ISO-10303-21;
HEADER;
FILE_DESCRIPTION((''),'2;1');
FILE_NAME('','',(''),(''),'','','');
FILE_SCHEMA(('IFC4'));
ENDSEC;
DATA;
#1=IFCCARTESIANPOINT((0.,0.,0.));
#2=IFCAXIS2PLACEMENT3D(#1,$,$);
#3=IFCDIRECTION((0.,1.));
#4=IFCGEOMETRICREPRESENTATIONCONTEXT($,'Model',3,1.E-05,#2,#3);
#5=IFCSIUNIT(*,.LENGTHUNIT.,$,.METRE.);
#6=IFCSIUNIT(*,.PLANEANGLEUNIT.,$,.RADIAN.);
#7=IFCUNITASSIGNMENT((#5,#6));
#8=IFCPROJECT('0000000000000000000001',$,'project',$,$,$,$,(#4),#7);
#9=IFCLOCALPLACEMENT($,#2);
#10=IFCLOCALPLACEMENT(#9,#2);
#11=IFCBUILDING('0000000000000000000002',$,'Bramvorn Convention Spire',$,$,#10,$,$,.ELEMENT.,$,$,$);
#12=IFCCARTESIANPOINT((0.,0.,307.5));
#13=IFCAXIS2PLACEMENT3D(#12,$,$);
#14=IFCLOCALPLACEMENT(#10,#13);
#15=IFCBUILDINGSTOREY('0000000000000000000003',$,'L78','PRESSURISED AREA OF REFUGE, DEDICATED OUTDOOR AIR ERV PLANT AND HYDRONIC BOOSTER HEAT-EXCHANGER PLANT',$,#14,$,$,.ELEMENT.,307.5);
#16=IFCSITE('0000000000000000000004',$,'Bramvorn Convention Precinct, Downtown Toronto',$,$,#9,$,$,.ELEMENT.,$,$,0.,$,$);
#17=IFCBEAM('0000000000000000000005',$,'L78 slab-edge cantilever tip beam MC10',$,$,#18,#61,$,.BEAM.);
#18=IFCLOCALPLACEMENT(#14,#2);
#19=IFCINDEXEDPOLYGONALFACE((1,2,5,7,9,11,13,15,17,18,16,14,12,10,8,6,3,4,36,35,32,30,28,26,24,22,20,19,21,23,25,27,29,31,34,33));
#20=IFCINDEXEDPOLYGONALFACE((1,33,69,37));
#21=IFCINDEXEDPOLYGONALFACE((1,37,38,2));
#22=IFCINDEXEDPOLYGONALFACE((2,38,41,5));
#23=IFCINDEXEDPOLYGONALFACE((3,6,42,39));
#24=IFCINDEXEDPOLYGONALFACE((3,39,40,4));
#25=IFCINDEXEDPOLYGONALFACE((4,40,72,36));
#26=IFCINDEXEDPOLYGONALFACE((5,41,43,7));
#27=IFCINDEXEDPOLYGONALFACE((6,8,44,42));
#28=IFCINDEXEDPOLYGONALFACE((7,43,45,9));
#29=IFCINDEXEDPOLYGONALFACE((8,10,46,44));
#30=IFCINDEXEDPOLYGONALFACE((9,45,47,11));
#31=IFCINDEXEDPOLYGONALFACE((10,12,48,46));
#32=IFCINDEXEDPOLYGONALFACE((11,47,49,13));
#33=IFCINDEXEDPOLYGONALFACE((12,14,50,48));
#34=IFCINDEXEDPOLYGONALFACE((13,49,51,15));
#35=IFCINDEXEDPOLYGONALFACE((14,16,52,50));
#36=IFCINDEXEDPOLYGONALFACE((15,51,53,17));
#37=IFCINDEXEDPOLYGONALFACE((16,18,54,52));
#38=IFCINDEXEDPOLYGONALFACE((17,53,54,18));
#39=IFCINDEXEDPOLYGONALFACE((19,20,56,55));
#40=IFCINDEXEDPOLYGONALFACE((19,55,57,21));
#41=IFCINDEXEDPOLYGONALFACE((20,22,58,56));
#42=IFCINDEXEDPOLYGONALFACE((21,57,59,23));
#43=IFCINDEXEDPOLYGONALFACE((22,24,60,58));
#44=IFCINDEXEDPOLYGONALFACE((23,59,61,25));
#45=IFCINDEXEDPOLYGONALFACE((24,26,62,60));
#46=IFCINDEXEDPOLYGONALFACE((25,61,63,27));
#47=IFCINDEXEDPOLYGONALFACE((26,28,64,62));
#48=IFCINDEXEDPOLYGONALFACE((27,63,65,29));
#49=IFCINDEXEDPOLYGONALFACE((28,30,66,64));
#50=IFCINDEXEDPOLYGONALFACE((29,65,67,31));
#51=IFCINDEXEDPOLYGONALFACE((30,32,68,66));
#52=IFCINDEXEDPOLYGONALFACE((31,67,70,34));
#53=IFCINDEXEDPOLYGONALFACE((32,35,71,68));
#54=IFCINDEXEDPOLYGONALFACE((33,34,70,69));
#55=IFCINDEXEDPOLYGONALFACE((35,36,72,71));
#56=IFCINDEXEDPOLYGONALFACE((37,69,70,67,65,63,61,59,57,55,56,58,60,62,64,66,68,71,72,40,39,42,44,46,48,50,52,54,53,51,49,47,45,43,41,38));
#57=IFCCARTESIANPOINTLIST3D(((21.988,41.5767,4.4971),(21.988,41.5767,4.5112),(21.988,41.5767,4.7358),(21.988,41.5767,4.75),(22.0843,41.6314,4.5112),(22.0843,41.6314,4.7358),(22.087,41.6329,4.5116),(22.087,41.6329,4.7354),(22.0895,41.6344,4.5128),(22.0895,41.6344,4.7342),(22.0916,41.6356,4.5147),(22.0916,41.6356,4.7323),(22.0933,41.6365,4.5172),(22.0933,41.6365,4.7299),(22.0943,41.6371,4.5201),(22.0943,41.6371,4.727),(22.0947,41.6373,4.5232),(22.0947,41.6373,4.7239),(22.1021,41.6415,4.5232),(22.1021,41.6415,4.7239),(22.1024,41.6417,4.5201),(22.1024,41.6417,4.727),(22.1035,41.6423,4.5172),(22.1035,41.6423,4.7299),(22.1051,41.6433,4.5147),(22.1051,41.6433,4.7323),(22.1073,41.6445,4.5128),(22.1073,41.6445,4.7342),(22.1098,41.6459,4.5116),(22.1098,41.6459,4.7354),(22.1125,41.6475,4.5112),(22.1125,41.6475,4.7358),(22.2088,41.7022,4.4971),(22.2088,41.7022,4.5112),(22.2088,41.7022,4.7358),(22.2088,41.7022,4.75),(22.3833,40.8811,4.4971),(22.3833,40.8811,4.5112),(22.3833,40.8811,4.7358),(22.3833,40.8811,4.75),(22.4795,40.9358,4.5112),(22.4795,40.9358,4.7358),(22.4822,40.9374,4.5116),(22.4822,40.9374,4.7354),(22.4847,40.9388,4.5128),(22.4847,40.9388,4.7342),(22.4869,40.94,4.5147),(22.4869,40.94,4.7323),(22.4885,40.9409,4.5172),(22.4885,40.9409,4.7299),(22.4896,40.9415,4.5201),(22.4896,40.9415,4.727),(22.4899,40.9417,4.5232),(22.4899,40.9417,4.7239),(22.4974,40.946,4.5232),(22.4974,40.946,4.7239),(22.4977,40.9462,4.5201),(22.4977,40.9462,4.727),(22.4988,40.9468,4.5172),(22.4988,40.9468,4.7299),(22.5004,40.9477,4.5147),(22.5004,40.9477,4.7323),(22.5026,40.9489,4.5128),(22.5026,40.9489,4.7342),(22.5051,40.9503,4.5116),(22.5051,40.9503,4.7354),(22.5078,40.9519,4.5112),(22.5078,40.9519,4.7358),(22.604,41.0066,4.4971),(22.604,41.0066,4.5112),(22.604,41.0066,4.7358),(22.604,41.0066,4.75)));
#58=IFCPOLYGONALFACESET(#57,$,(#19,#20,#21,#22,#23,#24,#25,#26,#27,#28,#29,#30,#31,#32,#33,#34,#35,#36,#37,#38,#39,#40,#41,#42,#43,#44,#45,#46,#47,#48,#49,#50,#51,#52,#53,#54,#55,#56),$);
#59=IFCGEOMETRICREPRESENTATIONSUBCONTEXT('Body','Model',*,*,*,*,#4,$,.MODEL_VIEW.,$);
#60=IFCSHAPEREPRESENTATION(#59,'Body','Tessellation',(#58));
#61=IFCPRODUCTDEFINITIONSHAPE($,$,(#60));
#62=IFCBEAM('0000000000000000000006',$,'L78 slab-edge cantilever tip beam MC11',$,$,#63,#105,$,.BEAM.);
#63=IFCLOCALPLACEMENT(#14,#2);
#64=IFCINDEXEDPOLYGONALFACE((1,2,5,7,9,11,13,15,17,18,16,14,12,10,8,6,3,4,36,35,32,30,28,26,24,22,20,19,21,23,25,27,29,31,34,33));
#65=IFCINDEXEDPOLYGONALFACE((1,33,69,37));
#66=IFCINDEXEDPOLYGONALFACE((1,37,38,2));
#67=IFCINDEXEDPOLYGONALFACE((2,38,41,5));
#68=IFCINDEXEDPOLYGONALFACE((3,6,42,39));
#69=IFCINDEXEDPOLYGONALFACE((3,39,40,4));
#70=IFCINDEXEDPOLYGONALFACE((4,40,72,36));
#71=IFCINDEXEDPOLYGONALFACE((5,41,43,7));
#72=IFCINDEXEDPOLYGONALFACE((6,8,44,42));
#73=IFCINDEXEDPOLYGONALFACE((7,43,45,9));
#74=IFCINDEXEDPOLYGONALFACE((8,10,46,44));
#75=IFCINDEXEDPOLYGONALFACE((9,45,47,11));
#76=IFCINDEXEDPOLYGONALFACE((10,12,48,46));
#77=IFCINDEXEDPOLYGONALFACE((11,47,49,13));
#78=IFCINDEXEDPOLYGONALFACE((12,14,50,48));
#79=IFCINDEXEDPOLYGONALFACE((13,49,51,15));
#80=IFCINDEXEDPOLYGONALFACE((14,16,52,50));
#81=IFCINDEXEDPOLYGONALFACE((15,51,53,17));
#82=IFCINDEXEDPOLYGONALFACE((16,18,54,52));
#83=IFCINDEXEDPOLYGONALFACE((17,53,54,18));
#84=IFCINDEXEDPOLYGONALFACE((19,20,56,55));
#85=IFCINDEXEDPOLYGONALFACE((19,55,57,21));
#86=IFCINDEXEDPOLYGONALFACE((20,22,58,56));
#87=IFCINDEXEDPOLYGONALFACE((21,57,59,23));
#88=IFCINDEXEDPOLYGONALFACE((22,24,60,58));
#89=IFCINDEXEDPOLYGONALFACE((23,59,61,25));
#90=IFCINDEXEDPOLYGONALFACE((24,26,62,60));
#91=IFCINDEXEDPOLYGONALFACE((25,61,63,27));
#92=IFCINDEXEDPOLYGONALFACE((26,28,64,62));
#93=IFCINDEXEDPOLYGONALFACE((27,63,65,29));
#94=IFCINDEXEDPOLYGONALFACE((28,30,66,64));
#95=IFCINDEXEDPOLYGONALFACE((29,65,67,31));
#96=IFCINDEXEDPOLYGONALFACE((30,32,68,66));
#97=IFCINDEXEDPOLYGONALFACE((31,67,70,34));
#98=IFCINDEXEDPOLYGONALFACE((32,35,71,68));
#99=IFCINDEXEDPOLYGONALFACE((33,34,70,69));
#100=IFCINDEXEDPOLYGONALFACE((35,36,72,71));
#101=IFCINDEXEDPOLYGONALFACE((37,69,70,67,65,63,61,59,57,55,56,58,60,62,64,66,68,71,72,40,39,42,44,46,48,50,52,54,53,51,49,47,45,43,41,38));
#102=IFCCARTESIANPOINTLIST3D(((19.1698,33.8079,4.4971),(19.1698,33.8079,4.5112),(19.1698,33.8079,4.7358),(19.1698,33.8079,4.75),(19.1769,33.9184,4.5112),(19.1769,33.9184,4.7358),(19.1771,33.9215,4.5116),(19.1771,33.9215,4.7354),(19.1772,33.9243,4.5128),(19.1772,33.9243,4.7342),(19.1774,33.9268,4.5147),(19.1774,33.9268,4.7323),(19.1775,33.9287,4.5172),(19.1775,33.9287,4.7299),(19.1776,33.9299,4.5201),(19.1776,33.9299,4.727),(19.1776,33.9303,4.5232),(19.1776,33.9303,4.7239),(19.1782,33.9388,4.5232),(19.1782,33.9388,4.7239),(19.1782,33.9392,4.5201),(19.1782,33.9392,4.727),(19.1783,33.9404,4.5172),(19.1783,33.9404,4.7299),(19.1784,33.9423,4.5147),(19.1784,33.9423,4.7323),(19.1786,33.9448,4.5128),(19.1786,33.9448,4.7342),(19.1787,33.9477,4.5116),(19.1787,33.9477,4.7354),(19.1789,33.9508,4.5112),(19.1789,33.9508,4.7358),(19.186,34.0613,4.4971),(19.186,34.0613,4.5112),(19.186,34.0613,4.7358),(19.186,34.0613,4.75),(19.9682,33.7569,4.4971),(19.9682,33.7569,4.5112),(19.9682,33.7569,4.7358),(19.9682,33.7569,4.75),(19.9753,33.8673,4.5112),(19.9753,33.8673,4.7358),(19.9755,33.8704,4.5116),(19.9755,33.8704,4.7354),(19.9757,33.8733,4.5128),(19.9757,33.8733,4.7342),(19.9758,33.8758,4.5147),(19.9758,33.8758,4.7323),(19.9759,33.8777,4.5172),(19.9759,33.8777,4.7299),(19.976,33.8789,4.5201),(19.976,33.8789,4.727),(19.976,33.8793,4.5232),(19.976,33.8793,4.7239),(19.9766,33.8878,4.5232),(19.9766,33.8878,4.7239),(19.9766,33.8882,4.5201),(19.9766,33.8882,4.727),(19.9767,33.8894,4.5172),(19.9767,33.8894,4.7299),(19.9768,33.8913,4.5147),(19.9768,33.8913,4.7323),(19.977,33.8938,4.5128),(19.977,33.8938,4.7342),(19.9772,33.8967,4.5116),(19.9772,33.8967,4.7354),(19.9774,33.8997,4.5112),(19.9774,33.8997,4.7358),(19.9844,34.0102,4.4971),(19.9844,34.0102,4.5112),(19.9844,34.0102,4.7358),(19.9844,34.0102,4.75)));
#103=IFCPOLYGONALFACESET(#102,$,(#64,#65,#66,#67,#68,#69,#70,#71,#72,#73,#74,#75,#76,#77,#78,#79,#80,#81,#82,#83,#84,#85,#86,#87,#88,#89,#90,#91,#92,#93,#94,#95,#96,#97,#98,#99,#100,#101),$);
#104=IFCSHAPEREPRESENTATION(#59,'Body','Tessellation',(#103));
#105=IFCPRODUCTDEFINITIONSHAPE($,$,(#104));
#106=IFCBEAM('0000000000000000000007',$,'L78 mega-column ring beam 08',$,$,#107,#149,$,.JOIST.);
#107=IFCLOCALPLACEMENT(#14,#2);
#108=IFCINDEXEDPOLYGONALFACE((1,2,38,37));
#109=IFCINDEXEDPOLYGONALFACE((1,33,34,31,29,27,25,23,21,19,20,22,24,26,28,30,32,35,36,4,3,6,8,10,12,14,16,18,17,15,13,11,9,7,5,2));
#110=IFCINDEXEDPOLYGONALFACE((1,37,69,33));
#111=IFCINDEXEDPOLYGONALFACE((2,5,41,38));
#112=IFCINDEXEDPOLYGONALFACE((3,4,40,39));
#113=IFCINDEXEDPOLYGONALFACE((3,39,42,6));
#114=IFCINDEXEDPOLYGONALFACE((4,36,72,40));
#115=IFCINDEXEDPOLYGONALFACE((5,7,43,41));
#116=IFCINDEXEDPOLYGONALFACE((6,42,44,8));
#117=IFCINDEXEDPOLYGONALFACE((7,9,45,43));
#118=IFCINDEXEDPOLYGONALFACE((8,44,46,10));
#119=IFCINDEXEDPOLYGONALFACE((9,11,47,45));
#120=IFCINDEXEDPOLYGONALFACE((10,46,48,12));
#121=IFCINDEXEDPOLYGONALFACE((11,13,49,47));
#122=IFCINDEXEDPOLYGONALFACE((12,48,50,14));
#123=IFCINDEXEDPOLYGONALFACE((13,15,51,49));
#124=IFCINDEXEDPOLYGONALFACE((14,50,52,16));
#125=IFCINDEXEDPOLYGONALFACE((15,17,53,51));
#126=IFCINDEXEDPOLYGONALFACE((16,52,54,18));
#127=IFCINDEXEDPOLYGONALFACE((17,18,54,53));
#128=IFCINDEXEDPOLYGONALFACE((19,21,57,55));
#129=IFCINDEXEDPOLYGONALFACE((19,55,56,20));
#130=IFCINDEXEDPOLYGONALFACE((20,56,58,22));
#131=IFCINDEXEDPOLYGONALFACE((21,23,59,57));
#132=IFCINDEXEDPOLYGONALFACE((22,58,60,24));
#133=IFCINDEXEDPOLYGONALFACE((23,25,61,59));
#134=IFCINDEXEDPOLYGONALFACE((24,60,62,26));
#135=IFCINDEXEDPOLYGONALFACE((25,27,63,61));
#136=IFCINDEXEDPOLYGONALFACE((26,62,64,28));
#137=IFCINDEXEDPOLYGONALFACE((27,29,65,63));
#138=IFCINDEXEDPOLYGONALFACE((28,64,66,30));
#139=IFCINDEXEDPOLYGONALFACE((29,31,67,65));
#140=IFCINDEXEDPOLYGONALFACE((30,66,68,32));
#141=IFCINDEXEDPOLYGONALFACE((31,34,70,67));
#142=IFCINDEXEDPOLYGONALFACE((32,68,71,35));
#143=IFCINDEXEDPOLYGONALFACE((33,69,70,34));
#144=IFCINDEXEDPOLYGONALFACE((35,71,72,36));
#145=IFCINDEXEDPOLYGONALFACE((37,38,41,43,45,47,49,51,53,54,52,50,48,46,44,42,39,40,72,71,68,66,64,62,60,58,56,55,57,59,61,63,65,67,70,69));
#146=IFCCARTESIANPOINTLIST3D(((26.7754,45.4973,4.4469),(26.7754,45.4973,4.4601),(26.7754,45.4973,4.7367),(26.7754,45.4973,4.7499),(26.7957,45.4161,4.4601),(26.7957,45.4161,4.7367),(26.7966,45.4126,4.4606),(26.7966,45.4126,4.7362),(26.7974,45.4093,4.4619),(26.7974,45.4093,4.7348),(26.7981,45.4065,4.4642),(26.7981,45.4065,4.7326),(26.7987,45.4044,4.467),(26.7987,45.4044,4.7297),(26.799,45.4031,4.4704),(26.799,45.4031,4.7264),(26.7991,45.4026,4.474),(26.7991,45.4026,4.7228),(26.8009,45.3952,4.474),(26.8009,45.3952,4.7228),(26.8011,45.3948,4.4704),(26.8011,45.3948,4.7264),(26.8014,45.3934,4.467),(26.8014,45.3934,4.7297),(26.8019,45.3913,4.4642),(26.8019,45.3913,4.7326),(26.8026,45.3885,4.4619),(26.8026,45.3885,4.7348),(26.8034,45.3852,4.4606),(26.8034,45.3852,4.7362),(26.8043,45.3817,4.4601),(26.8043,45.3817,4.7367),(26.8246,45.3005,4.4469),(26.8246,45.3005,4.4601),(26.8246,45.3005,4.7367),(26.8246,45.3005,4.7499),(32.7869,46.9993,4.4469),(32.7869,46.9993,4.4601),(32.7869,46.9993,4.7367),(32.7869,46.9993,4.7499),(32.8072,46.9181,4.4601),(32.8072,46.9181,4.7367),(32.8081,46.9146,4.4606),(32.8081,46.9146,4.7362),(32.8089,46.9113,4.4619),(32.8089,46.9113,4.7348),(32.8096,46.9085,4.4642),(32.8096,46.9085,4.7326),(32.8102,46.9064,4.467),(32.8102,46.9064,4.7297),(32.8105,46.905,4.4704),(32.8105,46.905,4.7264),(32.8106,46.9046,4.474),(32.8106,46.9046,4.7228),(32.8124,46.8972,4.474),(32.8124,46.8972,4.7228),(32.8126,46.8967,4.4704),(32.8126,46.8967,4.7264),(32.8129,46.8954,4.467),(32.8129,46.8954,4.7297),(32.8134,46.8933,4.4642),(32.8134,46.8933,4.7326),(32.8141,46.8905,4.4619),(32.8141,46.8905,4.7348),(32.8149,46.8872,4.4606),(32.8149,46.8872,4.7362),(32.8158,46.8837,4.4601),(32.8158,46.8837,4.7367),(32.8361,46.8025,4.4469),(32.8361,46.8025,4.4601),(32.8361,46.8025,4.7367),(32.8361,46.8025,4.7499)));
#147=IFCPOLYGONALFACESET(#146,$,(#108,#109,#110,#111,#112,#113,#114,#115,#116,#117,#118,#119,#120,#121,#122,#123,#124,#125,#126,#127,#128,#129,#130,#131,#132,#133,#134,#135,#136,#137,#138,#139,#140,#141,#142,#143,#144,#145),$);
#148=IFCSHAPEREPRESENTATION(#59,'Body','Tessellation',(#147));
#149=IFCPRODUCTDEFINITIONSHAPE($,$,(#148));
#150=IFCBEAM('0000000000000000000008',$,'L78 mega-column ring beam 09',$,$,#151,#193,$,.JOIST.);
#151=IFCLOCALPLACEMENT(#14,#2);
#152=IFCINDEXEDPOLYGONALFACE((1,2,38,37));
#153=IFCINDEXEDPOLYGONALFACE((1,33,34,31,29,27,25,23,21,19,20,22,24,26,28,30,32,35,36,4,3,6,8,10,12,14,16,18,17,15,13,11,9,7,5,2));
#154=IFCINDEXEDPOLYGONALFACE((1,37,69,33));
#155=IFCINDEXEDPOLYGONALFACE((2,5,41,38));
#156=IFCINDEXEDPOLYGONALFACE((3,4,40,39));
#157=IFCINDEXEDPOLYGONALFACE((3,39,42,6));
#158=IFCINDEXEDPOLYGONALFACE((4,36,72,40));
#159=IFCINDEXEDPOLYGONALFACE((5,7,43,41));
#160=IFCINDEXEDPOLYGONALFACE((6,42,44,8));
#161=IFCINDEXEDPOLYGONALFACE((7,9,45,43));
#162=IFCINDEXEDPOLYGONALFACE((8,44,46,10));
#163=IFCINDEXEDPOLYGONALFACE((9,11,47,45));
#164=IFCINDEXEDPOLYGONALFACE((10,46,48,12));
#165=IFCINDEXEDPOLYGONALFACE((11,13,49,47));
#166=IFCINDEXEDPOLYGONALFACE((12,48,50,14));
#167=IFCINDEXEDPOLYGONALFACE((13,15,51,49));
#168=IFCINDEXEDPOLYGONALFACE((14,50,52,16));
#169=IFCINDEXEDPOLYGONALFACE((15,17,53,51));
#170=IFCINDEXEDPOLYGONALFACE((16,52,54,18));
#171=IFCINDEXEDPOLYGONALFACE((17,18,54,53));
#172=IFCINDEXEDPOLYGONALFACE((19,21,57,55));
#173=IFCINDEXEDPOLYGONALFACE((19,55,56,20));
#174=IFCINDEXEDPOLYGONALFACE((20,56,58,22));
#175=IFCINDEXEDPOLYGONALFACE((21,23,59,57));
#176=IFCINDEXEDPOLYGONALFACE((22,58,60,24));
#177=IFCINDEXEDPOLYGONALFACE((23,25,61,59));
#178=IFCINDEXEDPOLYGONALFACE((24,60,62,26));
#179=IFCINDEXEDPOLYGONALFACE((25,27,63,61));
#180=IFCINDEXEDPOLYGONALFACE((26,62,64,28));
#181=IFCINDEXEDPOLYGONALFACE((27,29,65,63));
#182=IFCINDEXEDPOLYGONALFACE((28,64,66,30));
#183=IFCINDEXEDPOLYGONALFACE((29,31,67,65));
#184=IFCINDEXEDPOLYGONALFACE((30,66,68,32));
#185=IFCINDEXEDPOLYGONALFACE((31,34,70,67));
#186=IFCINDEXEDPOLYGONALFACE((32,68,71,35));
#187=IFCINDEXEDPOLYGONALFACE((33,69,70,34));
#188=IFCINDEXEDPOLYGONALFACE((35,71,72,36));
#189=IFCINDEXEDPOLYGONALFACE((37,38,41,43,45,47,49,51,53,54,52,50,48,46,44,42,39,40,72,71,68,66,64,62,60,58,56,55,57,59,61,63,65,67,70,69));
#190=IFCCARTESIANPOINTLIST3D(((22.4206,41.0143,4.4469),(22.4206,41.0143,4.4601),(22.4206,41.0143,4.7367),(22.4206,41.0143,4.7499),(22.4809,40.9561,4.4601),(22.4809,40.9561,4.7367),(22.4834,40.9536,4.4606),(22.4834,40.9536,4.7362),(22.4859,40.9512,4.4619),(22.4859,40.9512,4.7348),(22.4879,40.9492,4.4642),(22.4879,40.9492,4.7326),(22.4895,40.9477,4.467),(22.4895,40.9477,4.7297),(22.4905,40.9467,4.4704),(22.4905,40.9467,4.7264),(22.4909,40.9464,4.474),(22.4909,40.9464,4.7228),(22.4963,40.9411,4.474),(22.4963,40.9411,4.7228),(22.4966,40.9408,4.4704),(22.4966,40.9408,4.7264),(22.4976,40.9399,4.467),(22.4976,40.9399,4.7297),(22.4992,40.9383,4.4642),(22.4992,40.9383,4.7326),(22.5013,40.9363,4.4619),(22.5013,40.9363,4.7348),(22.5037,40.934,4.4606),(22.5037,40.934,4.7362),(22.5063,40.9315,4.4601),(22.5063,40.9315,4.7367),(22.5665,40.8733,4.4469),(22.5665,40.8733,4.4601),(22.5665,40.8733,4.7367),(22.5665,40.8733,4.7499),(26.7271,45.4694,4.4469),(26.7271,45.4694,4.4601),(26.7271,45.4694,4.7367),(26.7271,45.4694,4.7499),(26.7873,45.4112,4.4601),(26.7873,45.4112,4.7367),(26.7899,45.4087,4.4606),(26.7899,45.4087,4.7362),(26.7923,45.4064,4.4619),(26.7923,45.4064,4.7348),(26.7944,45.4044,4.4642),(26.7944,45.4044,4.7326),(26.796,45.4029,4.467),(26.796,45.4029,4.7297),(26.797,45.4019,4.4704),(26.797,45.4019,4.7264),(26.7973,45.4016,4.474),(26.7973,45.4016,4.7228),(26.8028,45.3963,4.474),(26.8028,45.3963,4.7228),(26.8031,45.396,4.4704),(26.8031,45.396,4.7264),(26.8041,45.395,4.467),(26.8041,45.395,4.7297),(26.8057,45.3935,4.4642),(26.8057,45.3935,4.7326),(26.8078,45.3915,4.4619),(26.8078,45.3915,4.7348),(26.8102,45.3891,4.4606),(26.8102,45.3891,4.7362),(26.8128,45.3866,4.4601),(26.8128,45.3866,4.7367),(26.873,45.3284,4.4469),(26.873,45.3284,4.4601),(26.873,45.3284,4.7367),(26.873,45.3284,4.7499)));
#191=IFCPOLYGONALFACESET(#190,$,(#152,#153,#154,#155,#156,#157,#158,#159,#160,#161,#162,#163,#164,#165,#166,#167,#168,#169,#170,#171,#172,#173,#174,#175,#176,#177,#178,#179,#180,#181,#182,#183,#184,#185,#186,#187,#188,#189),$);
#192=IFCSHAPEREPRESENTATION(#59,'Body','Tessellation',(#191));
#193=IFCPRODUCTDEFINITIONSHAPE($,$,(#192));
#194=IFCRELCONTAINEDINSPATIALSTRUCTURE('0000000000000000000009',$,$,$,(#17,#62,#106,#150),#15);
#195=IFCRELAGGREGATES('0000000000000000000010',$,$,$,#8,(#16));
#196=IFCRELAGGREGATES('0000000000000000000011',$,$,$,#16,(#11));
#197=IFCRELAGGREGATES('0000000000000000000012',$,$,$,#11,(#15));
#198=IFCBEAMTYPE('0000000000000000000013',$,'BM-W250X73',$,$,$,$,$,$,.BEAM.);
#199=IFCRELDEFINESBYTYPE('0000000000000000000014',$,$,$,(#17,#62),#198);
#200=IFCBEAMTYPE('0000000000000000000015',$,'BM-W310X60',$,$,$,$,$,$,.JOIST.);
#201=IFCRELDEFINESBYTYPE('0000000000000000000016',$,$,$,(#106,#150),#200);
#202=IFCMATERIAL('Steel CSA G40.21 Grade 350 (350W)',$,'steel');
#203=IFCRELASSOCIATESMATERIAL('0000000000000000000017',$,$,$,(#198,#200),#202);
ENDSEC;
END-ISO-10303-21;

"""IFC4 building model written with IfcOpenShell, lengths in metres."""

from ifc_helpers import new_model, si_unit, direction, frame, origin, origin_2d, place, context, subcontext, project, spatial, i_section, extrude, material, material_profile, profile_set, type_object, element, save


model = new_model("IFC4")

# Units and contexts
model_context = context("Model", 3, precision=1e-05, world=origin(), true_north=direction((0.0, 1.0)))
body_context = subcontext(model_context, "Body", "Model", "MODEL_VIEW")
ifc_project = project(units=[si_unit("LENGTHUNIT", "METRE"), si_unit("PLANEANGLEUNIT", "RADIAN")], contexts=[model_context])

# Site, building, storey
site_placement = place(None, origin())
site = spatial("IfcSite", under=ifc_project, at=site_placement, Name="Bramvorn Convention Precinct, Downtown Toronto", CompositionType="ELEMENT", RefElevation=0.0)
building_placement = place(site_placement, origin())
building = spatial("IfcBuilding", under=site, at=building_placement, Name="Bramvorn Convention Spire", CompositionType="ELEMENT")
storey_placement = place(building_placement, frame((0.0, 0.0, 307.5)))
storey = spatial("IfcBuildingStorey", under=building, at=storey_placement, Name="L78", Description="PRESSURISED AREA OF REFUGE, DEDICATED OUTDOOR AIR ERV PLANT AND HYDRONIC BOOSTER HEAT-EXCHANGER PLANT", CompositionType="ELEMENT", Elevation=307.5)

# Shared definitions
ifc_material_1 = material(Name="Steel CSA G40.21 Grade 350 (350W)", Category="steel")

# Beams
ifc_material_profile_1 = material_profile(ifc_material_1, i_section(OverallWidth=0.2539, OverallDepth=0.2529, WebThickness=0.0085, FlangeThickness=0.0142, FilletRadius=0.012, at=origin_2d()))
ifc_profile_set_1 = profile_set([ifc_material_profile_1], Name="Steel CSA G40.21 Grade 350 (350W) - W250X73")
beam_type_1 = type_object("IfcBeamType", Name="BM-W250X73", PredefinedType="BEAM", material=ifc_profile_set_1)
for number, where, z_axis, x_axis, name in (
    (1, (22.4937, 40.9438, 4.6235), (-0.494067, 0.869424, 0.0), (-0.869424, -0.494067, 0.0), "L78 slab-edge cantilever tip beam MC10"),
    (2, (19.9763, 33.8835, 4.6235), (-0.997964, 0.063784, 0.0), (-0.063784, -0.997964, 0.0), "L78 slab-edge cantilever tip beam MC11"),
):
    element("IfcBeam", number, at=place(storey_placement, frame(where, z_axis=z_axis, x_axis=x_axis)), inside=storey, type_object=beam_type_1, Name=name, PredefinedType="BEAM", context=body_context, shape_type="SweptSolid", body=[
        extrude(i_section(OverallWidth=0.2539, OverallDepth=0.2529, WebThickness=0.0085, FlangeThickness=0.0142, FilletRadius=0.012, at=origin_2d()), origin(), (0.0, 0.0, 1.0), 0.8),
    ])
ifc_material_profile_2 = material_profile(ifc_material_1, i_section(OverallWidth=0.2029, OverallDepth=0.303, WebThickness=0.0076, FlangeThickness=0.0132, FilletRadius=0.0139, at=origin_2d()))
ifc_profile_set_2 = profile_set([ifc_material_profile_2], Name="Steel CSA G40.21 Grade 350 (350W) - W310X60")
beam_type_2 = type_object("IfcBeamType", Name="BM-W310X60", PredefinedType="JOIST", material=ifc_profile_set_2)
for number, where, z_axis, x_axis, name in (
    (3, (32.8115, 46.9009, 4.5984), (-0.970177, -0.242397, 0.0), (0.242397, -0.970177, 0.0), "L78 mega-column ring beam 08"),
    (4, (26.8, 45.3989, 4.5984), (-0.695007, -0.719003, 0.0), (0.719003, -0.695007, 0.0), "L78 mega-column ring beam 09"),
):
    element("IfcBeam", number, at=place(storey_placement, frame(where, z_axis=z_axis, x_axis=x_axis)), inside=storey, type_object=beam_type_2, Name=name, PredefinedType="JOIST", context=body_context, shape_type="SweptSolid", body=[
        extrude(i_section(OverallWidth=0.2029, OverallDepth=0.303, WebThickness=0.0076, FlangeThickness=0.0132, FilletRadius=0.0139, at=origin_2d()), origin(), (0.0, 0.0, 1.0), 6.1963),
    ])

save(model, "model.ifc")
